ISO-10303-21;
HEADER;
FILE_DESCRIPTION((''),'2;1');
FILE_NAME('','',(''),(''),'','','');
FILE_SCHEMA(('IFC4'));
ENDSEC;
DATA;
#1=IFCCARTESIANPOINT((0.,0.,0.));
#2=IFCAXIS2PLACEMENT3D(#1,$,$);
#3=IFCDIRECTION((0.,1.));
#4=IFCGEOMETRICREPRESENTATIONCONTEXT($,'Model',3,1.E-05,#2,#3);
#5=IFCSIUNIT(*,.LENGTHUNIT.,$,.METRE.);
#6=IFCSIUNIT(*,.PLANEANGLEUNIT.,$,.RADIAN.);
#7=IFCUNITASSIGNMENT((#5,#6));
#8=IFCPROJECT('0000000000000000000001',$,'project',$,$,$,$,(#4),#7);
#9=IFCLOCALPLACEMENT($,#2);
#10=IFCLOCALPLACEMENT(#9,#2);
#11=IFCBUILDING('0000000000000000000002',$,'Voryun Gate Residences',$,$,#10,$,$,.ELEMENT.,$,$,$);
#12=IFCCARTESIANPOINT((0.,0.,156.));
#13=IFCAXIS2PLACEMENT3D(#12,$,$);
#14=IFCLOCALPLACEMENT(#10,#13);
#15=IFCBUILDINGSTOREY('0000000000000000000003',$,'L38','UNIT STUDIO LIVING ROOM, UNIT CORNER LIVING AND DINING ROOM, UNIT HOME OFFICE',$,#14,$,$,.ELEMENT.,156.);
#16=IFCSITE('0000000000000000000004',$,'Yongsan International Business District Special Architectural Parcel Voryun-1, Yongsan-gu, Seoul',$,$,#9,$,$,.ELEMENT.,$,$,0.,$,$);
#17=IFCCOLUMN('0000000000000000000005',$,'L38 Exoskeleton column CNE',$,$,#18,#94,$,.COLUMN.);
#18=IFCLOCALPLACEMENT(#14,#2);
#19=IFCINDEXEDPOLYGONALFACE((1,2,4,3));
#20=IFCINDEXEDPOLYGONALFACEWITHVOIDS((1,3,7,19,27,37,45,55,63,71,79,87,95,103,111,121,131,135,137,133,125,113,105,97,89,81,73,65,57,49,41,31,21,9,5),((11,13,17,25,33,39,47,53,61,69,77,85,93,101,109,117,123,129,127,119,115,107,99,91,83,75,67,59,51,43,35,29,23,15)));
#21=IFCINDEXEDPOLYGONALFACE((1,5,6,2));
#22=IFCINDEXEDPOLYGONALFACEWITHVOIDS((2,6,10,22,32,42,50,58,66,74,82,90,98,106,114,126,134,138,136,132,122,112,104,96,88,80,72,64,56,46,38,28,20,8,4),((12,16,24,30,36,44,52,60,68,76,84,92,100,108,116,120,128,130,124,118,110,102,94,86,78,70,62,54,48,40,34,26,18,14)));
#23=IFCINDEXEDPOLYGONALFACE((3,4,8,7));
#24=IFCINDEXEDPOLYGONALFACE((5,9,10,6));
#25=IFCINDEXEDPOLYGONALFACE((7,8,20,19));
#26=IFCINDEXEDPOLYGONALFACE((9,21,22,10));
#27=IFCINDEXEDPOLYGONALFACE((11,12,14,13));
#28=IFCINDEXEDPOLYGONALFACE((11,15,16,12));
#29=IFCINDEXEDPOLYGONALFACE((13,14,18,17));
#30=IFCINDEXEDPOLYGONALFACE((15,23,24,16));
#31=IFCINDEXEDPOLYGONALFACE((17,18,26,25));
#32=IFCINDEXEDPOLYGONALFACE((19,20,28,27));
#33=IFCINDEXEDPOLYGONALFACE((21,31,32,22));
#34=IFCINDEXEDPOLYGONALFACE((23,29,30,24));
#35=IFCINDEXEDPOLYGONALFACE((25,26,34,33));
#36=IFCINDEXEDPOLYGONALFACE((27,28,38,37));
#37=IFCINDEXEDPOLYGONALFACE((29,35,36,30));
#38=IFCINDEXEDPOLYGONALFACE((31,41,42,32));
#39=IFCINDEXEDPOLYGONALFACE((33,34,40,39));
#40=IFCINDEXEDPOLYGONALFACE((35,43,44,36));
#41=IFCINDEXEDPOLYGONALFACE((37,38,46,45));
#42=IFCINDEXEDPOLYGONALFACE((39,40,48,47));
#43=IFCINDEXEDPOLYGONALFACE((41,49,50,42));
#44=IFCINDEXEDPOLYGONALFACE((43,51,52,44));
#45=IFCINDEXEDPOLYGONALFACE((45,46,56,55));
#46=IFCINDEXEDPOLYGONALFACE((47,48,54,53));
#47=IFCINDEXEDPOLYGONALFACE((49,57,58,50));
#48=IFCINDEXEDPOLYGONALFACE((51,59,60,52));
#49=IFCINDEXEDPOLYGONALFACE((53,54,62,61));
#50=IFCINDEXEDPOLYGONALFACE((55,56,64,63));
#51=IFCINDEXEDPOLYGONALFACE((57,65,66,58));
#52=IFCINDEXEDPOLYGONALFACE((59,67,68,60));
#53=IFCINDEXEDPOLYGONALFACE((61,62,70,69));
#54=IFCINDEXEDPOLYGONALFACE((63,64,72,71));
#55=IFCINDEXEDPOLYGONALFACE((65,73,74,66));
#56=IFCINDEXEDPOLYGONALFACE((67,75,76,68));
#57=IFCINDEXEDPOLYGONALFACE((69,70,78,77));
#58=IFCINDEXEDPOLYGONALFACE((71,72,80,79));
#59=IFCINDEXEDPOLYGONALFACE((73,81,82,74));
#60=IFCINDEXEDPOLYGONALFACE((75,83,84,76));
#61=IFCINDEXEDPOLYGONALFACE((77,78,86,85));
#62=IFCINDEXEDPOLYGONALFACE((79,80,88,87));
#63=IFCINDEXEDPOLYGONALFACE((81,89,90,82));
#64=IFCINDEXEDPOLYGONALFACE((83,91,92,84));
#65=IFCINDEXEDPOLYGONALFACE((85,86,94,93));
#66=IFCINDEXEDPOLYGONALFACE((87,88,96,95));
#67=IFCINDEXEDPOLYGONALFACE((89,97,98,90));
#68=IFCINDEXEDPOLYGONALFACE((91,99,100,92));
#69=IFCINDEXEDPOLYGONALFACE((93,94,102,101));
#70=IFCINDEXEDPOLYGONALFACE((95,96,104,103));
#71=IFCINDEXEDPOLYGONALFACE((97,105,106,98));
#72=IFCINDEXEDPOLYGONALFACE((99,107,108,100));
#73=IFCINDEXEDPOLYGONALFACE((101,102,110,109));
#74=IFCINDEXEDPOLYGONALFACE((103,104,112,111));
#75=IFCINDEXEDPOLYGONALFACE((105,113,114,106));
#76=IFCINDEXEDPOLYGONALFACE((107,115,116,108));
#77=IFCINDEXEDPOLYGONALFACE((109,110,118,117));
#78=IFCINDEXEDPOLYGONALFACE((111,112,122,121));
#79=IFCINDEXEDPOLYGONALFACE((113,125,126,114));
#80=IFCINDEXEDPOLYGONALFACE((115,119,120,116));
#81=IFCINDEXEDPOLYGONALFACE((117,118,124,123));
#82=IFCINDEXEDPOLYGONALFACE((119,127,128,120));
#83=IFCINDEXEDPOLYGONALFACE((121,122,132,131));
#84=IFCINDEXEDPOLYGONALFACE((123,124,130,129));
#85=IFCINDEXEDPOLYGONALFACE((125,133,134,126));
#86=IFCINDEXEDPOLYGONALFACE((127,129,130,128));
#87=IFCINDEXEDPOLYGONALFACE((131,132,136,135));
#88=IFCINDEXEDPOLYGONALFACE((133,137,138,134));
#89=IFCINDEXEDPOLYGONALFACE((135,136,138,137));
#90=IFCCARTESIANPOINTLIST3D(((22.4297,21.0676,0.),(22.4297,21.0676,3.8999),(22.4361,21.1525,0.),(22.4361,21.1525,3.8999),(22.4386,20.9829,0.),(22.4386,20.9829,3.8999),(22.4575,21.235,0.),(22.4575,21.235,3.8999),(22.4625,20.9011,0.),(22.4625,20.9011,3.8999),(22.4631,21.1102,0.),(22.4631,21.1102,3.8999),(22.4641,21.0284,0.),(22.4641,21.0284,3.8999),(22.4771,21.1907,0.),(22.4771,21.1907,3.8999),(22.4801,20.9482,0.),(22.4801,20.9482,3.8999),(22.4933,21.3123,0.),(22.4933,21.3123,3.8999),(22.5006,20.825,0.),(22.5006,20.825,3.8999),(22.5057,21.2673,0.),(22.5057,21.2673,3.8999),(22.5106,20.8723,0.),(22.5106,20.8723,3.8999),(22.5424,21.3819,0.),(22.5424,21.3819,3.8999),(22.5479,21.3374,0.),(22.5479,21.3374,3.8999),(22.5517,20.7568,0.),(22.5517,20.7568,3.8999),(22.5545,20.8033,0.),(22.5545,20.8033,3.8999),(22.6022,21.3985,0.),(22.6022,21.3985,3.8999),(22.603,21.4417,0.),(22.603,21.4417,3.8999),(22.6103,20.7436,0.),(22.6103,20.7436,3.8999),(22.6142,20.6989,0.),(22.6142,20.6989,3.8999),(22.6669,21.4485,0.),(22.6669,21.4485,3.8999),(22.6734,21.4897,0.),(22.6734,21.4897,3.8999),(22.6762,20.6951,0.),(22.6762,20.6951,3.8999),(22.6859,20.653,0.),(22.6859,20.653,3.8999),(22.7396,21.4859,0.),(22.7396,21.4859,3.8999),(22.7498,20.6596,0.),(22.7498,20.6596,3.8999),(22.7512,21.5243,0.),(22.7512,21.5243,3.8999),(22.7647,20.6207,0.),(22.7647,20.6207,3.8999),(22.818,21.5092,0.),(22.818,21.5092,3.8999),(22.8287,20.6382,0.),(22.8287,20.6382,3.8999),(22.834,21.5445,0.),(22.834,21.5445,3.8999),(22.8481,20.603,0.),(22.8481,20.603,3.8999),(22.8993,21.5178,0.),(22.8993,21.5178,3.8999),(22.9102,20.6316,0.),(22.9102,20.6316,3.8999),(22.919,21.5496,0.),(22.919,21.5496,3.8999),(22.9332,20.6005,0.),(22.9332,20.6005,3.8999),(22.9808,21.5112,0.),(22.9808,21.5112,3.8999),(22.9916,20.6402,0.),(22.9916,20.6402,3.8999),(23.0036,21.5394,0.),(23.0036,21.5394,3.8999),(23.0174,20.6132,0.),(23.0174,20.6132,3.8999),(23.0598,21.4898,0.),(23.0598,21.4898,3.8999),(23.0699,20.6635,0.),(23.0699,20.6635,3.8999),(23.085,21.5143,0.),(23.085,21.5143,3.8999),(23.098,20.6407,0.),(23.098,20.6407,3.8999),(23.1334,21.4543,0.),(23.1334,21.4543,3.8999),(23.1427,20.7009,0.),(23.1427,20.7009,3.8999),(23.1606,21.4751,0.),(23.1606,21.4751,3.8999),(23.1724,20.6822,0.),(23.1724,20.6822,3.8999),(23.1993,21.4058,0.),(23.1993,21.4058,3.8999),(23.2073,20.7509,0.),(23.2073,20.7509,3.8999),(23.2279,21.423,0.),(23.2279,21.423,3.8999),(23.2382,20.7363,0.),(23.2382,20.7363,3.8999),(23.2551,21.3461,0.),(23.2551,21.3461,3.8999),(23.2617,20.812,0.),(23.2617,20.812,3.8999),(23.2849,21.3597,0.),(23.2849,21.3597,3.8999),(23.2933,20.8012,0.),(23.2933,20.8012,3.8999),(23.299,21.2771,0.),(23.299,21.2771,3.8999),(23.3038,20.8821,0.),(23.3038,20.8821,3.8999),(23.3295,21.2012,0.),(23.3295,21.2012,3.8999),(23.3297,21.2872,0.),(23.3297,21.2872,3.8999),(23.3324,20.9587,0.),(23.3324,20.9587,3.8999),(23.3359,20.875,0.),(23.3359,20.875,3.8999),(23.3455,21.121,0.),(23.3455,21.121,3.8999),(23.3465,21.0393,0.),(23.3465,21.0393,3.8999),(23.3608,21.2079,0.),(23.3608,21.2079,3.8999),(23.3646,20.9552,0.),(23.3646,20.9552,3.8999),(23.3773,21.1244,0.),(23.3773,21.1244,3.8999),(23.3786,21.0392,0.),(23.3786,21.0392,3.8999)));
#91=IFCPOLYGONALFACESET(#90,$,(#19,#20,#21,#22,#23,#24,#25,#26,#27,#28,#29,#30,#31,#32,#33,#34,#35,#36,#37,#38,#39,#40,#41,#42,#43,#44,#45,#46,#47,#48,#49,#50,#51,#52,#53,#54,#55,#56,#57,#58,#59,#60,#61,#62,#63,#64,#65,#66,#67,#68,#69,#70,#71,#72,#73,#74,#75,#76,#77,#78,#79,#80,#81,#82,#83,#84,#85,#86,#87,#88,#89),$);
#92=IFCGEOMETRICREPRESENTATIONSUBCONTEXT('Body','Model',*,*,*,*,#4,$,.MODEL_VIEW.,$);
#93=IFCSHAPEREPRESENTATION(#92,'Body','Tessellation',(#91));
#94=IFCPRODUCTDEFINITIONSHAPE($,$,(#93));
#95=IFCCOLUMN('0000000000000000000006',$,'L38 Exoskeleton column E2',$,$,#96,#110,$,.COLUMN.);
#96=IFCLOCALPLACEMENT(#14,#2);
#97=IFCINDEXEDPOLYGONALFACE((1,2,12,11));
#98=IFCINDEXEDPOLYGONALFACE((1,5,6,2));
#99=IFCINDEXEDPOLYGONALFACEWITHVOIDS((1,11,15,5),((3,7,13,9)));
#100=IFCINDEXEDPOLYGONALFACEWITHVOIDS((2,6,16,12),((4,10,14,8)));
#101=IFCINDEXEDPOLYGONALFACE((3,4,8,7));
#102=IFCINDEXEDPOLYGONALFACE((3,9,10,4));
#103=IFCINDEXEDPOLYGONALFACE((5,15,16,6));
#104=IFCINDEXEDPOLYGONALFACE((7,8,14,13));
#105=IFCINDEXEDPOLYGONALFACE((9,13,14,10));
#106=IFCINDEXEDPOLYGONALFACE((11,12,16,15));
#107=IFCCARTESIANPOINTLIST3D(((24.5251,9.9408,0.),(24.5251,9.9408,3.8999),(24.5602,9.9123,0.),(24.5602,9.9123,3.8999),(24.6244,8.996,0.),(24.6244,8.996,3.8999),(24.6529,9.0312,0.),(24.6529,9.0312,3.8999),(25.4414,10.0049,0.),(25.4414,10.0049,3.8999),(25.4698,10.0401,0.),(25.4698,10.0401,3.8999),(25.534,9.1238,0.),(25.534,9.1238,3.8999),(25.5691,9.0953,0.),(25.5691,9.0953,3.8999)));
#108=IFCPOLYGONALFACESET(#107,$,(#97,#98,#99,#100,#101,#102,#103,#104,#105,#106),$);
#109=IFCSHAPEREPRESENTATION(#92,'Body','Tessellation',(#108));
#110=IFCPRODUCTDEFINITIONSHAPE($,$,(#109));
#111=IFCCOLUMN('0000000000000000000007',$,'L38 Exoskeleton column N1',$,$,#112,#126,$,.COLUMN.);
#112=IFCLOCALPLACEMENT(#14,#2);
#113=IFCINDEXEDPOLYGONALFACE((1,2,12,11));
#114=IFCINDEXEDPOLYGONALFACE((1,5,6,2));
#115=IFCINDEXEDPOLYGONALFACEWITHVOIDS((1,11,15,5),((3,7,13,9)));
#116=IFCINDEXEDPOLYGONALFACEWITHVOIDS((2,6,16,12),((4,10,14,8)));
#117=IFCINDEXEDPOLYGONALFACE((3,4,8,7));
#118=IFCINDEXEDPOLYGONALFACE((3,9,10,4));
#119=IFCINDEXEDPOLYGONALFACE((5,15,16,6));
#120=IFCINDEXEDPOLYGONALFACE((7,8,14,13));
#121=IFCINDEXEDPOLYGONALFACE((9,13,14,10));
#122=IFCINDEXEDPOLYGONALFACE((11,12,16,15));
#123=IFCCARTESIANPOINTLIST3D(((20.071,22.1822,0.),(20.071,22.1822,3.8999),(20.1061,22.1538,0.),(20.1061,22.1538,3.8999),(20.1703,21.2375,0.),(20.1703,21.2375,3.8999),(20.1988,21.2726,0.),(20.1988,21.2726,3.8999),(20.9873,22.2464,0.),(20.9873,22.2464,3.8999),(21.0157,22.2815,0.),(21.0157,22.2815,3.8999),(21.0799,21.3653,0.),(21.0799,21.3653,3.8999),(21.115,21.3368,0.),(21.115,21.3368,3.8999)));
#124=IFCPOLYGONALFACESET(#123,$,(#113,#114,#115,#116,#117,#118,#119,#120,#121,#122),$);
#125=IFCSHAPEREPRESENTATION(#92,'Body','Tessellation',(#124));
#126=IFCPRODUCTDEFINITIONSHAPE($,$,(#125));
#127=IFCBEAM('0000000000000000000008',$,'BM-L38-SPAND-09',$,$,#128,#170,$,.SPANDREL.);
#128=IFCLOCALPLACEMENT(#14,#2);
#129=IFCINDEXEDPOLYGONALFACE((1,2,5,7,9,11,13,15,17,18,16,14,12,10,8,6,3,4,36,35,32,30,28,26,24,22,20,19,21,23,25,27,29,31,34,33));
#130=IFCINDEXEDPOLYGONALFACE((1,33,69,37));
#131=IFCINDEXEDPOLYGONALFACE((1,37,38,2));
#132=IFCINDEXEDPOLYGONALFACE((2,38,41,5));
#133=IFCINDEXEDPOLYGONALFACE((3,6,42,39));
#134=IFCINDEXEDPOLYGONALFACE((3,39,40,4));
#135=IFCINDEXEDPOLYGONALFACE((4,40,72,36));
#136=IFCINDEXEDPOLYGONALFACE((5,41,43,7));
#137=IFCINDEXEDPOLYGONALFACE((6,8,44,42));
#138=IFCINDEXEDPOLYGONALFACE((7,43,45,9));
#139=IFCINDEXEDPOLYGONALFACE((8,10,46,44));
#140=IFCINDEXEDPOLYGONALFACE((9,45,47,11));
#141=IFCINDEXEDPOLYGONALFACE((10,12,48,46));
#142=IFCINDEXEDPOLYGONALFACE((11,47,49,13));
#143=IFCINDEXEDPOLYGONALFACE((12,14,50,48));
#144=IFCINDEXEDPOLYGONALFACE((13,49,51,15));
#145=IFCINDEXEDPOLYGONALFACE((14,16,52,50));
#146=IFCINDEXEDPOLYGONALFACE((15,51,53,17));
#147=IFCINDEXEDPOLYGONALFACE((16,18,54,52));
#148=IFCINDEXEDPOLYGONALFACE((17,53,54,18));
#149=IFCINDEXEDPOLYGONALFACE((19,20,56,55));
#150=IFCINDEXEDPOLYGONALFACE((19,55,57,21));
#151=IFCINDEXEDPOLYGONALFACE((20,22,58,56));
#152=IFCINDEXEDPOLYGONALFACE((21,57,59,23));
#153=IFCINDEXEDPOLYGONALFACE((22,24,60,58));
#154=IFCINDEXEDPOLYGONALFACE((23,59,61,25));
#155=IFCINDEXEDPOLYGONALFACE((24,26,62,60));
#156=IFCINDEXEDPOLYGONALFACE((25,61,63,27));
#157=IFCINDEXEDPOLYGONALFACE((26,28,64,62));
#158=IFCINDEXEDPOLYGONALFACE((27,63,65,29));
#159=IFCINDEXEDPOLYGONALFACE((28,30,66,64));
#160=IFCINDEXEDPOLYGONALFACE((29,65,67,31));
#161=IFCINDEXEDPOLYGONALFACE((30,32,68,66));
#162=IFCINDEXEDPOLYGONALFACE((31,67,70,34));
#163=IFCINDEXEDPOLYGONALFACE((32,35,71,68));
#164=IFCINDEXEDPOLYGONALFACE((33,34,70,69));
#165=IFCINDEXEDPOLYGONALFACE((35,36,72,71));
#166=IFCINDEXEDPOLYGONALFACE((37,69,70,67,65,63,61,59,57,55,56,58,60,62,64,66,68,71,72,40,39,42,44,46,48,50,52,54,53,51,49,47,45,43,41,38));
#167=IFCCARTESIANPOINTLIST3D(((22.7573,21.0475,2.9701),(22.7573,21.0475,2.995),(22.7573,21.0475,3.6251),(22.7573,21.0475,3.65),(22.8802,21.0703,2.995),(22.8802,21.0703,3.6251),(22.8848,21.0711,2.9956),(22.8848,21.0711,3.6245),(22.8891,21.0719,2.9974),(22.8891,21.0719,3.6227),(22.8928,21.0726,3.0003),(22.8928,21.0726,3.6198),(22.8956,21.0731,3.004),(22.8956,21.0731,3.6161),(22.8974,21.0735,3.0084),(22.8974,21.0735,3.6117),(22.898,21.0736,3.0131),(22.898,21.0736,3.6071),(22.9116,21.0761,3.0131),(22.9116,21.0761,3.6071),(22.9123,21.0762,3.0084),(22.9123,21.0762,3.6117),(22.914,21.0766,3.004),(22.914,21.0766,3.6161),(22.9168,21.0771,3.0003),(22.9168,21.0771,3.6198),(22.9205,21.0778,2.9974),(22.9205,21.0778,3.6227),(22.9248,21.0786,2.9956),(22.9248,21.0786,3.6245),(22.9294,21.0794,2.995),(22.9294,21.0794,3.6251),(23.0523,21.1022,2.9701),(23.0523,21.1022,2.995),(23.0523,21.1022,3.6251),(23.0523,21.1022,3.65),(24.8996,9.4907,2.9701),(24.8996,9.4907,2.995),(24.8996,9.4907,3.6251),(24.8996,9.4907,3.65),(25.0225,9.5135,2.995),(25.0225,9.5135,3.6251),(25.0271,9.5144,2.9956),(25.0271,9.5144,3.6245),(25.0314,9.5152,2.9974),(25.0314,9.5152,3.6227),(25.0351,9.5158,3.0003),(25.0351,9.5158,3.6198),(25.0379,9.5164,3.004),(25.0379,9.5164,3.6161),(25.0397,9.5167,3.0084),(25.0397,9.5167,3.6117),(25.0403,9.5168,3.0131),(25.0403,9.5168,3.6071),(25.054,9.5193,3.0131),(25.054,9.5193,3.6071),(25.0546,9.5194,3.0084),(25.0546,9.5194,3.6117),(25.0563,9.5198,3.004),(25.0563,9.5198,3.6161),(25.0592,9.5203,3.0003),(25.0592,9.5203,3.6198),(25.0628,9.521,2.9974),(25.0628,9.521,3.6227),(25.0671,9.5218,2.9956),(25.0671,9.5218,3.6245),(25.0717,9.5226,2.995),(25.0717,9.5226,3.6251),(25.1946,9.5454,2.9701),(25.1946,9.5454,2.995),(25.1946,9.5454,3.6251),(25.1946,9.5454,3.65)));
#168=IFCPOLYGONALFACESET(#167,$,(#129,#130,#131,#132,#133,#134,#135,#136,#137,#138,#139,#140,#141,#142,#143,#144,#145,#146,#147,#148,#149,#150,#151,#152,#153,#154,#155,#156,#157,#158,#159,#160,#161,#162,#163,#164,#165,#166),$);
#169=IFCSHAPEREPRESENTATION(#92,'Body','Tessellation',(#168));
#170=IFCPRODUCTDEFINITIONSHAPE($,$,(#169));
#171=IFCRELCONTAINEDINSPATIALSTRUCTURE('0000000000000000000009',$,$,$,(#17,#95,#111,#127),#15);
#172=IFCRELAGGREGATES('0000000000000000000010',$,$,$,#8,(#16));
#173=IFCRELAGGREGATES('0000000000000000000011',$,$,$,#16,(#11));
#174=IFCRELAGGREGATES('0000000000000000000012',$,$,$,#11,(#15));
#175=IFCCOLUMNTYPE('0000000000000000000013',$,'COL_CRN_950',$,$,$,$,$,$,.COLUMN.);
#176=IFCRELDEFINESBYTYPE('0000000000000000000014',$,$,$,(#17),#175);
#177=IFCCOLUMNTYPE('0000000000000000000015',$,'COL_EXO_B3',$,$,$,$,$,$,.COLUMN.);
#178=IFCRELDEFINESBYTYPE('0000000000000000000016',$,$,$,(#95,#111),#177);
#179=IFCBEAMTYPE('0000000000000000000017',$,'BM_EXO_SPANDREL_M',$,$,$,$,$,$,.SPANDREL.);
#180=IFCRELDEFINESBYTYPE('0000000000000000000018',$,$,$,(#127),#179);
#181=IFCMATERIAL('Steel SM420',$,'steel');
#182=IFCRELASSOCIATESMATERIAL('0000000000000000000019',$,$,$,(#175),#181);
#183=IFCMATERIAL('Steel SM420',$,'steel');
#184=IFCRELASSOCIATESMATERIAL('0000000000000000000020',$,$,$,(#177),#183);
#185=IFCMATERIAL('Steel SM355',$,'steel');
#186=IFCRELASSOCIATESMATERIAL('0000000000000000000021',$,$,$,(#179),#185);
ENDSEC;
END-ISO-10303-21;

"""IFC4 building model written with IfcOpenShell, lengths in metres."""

from ifc_helpers import new_model, si_unit, direction, frame, origin, origin_2d, place, context, subcontext, project, spatial, hollow_rectangle, hollow_circle, i_section, extrude, material, material_profile, profile_set, type_object, element, save


model = new_model("IFC4")

# Units and contexts
model_context = context("Model", 3, precision=1e-05, world=origin(), true_north=direction((0.0, 1.0)))
body_context = subcontext(model_context, "Body", "Model", "MODEL_VIEW")
ifc_project = project(units=[si_unit("LENGTHUNIT", "METRE"), si_unit("PLANEANGLEUNIT", "RADIAN")], contexts=[model_context])

# Site, building, storey
site_placement = place(None, origin())
site = spatial("IfcSite", under=ifc_project, at=site_placement, Name="Yongsan International Business District Special Architectural Parcel Voryun-1, Yongsan-gu, Seoul", CompositionType="ELEMENT", RefElevation=0.0)
building_placement = place(site_placement, origin())
building = spatial("IfcBuilding", under=site, at=building_placement, Name="Voryun Gate Residences", CompositionType="ELEMENT")
storey_placement = place(building_placement, frame((0.0, 0.0, 156.0)))
storey = spatial("IfcBuildingStorey", under=building, at=storey_placement, Name="L38", Description="UNIT STUDIO LIVING ROOM, UNIT CORNER LIVING AND DINING ROOM, UNIT HOME OFFICE", CompositionType="ELEMENT", Elevation=156.0)

# Columns
ifc_material_1 = material(Name="Steel SM420", Category="steel")
ifc_material_profile_1 = material_profile(ifc_material_1, hollow_circle(Radius=0.4751, WallThickness=0.032, at=origin_2d()), Name="CHS-950x32")
ifc_profile_set_1 = profile_set([ifc_material_profile_1], Name="Steel SM420")
column_type_1 = type_object("IfcColumnType", Name="COL_CRN_950", PredefinedType="COLUMN", material=ifc_profile_set_1)
column_placement = place(storey_placement, frame((22.9048, 21.0747, 0.0), z_axis=(0.0, 0.0, 1.0), x_axis=(0.994522, 0.104528, 0.0)))
element("IfcColumn", 1, at=column_placement, inside=storey, type_object=column_type_1, Name="L38 Exoskeleton column CNE", PredefinedType="COLUMN", context=body_context, shape_type="SweptSolid", body=[
    extrude(hollow_circle(Radius=0.4751, WallThickness=0.032, at=origin_2d()), origin(), (0.0, 0.0, 1.0), 3.8999),
])
ifc_material_2 = material(Name="Steel SM420", Category="steel")
ifc_material_profile_2 = material_profile(ifc_material_2, hollow_rectangle(XDim=0.95, YDim=0.95, WallThickness=0.032, at=origin_2d()), Name="BOX-950x950x32")
ifc_profile_set_2 = profile_set([ifc_material_profile_2], Name="Steel SM420")
column_type_2 = type_object("IfcColumnType", Name="COL_EXO_B3", PredefinedType="COLUMN", material=ifc_profile_set_2)
for number, where, z_axis, x_axis, name in (
    (2, (25.0471, 9.5181, 0.0), (0.0, 0.0, 1.0), (0.994522, 0.104528, 0.0), "L38 Exoskeleton column E2"),
    (3, (20.593, 21.7595, 0.0), (0.0, 0.0, 1.0), (0.994522, 0.104528, 0.0), "L38 Exoskeleton column N1"),
):
    element("IfcColumn", number, at=place(storey_placement, frame(where, z_axis=z_axis, x_axis=x_axis)), inside=storey, type_object=column_type_2, Name=name, PredefinedType="COLUMN", context=body_context, shape_type="SweptSolid", body=[
        extrude(hollow_rectangle(XDim=0.95, YDim=0.95, WallThickness=0.032, at=origin_2d()), origin(), (0.0, 0.0, 1.0), 3.8999),
    ])

# Beam
ifc_material_3 = material(Name="Steel SM355", Category="steel")
ifc_material_profile_3 = material_profile(ifc_material_3, i_section(OverallWidth=0.3, OverallDepth=0.6799, WebThickness=0.0139, FlangeThickness=0.0249, FilletRadius=0.0181, at=origin_2d()), Name="H-680x300x14x25")
ifc_profile_set_3 = profile_set([ifc_material_profile_3], Name="Steel SM355")
beam_type_1 = type_object("IfcBeamType", Name="BM_EXO_SPANDREL_M", PredefinedType="SPANDREL", material=ifc_profile_set_3)
beam_1_placement = place(storey_placement, frame((25.0471, 9.5181, 3.3101), z_axis=(-0.182268, 0.983249, 0.0), x_axis=(-0.983249, -0.182268, 0.0)))
element("IfcBeam", 4, at=beam_1_placement, inside=storey, type_object=beam_type_1, Name="BM-L38-SPAND-09", PredefinedType="SPANDREL", context=body_context, shape_type="SweptSolid", body=[
    extrude(i_section(OverallWidth=0.3, OverallDepth=0.6799, WebThickness=0.0139, FlangeThickness=0.0249, FilletRadius=0.0181, at=origin_2d()), origin(), (0.0, 0.0, 1.0), 11.7537),
])

save(model, "model.ifc")
